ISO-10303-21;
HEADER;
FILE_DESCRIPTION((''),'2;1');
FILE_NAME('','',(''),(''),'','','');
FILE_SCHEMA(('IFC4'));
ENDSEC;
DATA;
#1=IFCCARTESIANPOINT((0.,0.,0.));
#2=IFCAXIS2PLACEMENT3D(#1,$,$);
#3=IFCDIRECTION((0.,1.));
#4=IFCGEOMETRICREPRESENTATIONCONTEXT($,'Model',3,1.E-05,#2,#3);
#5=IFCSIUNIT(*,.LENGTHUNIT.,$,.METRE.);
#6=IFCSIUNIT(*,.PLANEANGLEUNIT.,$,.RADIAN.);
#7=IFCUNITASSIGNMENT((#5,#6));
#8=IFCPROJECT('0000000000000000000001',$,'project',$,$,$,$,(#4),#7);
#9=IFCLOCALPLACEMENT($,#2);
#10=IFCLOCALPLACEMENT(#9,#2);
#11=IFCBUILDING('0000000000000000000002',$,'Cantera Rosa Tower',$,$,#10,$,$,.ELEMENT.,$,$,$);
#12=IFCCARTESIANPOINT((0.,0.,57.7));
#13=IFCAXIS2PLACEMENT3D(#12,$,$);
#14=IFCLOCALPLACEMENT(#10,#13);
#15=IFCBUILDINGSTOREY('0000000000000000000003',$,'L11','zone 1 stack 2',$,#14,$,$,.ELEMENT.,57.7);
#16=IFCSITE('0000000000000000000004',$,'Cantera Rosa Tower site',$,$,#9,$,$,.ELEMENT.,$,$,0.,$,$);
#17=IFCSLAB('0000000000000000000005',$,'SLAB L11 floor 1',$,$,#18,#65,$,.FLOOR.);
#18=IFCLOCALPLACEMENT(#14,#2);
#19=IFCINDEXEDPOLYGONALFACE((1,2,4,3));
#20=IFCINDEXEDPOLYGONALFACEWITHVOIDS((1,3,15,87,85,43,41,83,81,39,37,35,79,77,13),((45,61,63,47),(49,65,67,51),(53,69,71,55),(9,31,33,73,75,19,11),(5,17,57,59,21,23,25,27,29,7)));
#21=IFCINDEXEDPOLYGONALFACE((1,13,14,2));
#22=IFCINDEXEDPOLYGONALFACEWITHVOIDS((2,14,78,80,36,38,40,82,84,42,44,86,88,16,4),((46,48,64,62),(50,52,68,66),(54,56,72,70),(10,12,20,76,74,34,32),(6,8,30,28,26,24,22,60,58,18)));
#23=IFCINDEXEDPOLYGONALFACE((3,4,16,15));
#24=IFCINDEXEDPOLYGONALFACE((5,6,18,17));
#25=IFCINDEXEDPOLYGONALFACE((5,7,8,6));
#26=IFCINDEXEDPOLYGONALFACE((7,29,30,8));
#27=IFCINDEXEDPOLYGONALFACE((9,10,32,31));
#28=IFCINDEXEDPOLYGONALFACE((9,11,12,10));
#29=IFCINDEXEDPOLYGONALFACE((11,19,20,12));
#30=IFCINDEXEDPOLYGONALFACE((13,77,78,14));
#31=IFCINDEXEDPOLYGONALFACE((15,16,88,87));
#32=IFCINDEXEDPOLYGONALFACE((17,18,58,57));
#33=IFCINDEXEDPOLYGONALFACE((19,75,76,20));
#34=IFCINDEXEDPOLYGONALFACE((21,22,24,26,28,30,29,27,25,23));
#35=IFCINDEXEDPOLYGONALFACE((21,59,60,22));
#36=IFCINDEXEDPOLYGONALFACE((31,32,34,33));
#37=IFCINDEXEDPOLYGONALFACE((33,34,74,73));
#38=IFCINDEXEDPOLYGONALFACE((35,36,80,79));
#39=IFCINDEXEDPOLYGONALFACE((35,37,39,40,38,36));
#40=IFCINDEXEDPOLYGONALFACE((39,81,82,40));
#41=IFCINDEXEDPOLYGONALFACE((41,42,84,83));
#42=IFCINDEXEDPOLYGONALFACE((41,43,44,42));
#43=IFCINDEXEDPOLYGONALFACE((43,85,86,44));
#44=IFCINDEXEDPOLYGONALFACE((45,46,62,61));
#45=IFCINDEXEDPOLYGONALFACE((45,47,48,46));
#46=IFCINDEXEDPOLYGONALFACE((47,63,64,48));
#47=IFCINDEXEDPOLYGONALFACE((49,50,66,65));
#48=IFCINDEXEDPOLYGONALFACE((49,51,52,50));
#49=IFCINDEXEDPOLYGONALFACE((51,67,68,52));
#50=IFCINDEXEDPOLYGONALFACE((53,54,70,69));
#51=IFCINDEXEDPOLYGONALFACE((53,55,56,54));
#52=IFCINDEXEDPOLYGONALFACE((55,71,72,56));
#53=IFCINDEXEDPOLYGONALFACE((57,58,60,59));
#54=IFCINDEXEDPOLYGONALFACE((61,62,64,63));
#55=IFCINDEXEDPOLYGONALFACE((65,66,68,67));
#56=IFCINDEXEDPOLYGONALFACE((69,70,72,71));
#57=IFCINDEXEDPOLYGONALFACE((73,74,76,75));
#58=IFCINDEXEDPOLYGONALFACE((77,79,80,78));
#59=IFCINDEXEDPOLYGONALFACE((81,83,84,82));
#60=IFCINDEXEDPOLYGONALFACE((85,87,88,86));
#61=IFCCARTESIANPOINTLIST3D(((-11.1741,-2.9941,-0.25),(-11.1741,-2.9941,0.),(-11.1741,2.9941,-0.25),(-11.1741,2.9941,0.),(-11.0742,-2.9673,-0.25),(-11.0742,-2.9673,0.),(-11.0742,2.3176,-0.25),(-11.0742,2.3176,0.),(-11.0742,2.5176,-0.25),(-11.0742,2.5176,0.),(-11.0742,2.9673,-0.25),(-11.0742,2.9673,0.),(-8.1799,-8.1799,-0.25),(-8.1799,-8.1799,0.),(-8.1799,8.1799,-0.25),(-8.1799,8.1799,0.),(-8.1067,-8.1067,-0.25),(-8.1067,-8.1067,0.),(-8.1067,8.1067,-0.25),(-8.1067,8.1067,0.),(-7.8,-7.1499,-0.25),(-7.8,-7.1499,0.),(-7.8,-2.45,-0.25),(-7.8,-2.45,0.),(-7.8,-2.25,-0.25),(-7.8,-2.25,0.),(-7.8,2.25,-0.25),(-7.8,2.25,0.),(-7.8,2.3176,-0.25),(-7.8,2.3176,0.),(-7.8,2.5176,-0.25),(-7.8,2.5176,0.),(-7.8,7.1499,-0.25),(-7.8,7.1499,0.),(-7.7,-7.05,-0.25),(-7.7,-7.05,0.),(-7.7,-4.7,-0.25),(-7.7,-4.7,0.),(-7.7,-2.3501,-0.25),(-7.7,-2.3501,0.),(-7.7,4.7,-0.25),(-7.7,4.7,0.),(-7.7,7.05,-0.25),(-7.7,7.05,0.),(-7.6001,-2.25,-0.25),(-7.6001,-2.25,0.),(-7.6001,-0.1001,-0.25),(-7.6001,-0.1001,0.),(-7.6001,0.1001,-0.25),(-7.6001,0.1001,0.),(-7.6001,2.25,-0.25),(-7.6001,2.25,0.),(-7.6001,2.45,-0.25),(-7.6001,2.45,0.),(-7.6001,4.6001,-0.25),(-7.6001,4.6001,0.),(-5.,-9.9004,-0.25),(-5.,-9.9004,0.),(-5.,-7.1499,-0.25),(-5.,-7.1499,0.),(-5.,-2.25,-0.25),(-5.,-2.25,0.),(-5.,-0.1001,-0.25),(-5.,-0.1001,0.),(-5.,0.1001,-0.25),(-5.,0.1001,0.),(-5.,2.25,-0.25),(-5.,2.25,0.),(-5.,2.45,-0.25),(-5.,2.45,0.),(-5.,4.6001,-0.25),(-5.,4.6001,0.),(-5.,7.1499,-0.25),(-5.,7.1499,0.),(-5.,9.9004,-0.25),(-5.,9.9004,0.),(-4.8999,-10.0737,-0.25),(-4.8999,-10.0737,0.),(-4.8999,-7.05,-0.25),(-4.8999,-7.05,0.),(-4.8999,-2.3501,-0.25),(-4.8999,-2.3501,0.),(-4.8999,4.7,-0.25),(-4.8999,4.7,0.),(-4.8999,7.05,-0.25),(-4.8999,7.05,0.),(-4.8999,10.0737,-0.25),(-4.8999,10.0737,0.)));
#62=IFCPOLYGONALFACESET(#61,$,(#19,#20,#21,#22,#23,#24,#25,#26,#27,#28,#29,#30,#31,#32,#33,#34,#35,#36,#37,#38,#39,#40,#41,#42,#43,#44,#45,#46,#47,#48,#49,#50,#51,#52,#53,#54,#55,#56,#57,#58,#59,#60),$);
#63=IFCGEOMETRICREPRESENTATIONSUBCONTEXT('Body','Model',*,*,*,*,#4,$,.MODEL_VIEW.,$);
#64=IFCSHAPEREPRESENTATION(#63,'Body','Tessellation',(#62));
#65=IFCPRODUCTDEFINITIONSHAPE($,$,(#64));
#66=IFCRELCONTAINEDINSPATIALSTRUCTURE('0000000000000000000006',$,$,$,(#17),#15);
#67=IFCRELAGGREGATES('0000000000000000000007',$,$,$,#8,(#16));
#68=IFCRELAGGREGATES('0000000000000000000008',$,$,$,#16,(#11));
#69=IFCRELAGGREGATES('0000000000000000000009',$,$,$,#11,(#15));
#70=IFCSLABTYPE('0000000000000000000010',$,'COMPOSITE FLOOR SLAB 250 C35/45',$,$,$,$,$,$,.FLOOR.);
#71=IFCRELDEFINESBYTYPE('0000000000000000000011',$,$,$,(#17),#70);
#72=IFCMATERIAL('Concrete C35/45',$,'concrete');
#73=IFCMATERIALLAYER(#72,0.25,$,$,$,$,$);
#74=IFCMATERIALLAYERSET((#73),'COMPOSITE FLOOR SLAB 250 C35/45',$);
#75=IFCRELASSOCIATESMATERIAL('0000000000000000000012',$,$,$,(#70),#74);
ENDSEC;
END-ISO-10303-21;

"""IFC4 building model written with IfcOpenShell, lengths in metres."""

from ifc_helpers import new_model, si_unit, direction, frame, origin, place, context, subcontext, project, spatial, polyline, outline, extrude, material, layer, layer_set, type_object, element, save


model = new_model("IFC4")

# Units and contexts
model_context = context("Model", 3, precision=1e-05, world=origin(), true_north=direction((0.0, 1.0)))
body_context = subcontext(model_context, "Body", "Model", "MODEL_VIEW")
ifc_project = project(units=[si_unit("LENGTHUNIT", "METRE"), si_unit("PLANEANGLEUNIT", "RADIAN")], contexts=[model_context])

# Site, building, storey
site_placement = place(None, origin())
site = spatial("IfcSite", under=ifc_project, at=site_placement, Name="Cantera Rosa Tower site", CompositionType="ELEMENT", RefElevation=0.0)
building_placement = place(site_placement, origin())
building = spatial("IfcBuilding", under=site, at=building_placement, Name="Cantera Rosa Tower", CompositionType="ELEMENT")
storey_placement = place(building_placement, frame((0.0, 0.0, 57.7)))
storey = spatial("IfcBuildingStorey", under=building, at=storey_placement, Name="L11", Description="zone 1 stack 2", CompositionType="ELEMENT", Elevation=57.7)

# Slab
ifc_material_1 = material(Name="Concrete C35/45", Category="concrete")
ifc_layer_1 = layer(ifc_material_1, 0.25)
ifc_layer_set_1 = layer_set([ifc_layer_1], Name="COMPOSITE FLOOR SLAB 250 C35/45")
slab_type_1 = type_object("IfcSlabType", Name="COMPOSITE FLOOR SLAB 250 C35/45", PredefinedType="FLOOR", material=ifc_layer_set_1)
slab_1_placement = place(storey_placement, frame((0.0, 0.0, -0.25)))
element("IfcSlab", 1, at=slab_1_placement, inside=storey, type_object=slab_type_1, Name="SLAB L11 floor 1", PredefinedType="FLOOR", context=body_context, shape_type="SweptSolid", body=[
    extrude(outline(polyline([(-7.7, -2.3501), (-7.7, -4.7), (-7.7, -7.05), (-4.8999, -7.05), (-4.8999, -10.0737), (-8.1799, -8.1799), (-11.1741, -2.9941), (-11.1741, 2.9941), (-8.1799, 8.1799), (-4.8999, 10.0737), (-4.8999, 7.05), (-7.7, 7.05), (-7.7, 4.7), (-4.8999, 4.7), (-4.8999, -2.3501), (-7.7, -2.3501)]), holes=[polyline([(-5.0, -9.9004), (-5.0, -7.1499), (-7.8, -7.1499), (-7.8, -2.45), (-7.8, -2.25), (-7.8, 2.25), (-7.8, 2.3176), (-11.0742, 2.3176), (-11.0742, -2.9673), (-8.1067, -8.1067), (-5.0, -9.9004)]), polyline([(-7.6001, -0.1001), (-7.6001, -2.25), (-5.0, -2.25), (-5.0, -0.1001), (-7.6001, -0.1001)]), polyline([(-7.6001, 0.1001), (-5.0, 0.1001), (-5.0, 2.25), (-7.6001, 2.25), (-7.6001, 0.1001)]), polyline([(-7.6001, 2.45), (-5.0, 2.45), (-5.0, 4.6001), (-7.6001, 4.6001), (-7.6001, 2.45)]), polyline([(-7.8, 2.5176), (-7.8, 7.1499), (-5.0, 7.1499), (-5.0, 9.9004), (-8.1067, 8.1067), (-11.0742, 2.9673), (-11.0742, 2.5176), (-7.8, 2.5176)])]), origin(), (0.0, 0.0, 1.0), 0.25),
])

save(model, "model.ifc")
